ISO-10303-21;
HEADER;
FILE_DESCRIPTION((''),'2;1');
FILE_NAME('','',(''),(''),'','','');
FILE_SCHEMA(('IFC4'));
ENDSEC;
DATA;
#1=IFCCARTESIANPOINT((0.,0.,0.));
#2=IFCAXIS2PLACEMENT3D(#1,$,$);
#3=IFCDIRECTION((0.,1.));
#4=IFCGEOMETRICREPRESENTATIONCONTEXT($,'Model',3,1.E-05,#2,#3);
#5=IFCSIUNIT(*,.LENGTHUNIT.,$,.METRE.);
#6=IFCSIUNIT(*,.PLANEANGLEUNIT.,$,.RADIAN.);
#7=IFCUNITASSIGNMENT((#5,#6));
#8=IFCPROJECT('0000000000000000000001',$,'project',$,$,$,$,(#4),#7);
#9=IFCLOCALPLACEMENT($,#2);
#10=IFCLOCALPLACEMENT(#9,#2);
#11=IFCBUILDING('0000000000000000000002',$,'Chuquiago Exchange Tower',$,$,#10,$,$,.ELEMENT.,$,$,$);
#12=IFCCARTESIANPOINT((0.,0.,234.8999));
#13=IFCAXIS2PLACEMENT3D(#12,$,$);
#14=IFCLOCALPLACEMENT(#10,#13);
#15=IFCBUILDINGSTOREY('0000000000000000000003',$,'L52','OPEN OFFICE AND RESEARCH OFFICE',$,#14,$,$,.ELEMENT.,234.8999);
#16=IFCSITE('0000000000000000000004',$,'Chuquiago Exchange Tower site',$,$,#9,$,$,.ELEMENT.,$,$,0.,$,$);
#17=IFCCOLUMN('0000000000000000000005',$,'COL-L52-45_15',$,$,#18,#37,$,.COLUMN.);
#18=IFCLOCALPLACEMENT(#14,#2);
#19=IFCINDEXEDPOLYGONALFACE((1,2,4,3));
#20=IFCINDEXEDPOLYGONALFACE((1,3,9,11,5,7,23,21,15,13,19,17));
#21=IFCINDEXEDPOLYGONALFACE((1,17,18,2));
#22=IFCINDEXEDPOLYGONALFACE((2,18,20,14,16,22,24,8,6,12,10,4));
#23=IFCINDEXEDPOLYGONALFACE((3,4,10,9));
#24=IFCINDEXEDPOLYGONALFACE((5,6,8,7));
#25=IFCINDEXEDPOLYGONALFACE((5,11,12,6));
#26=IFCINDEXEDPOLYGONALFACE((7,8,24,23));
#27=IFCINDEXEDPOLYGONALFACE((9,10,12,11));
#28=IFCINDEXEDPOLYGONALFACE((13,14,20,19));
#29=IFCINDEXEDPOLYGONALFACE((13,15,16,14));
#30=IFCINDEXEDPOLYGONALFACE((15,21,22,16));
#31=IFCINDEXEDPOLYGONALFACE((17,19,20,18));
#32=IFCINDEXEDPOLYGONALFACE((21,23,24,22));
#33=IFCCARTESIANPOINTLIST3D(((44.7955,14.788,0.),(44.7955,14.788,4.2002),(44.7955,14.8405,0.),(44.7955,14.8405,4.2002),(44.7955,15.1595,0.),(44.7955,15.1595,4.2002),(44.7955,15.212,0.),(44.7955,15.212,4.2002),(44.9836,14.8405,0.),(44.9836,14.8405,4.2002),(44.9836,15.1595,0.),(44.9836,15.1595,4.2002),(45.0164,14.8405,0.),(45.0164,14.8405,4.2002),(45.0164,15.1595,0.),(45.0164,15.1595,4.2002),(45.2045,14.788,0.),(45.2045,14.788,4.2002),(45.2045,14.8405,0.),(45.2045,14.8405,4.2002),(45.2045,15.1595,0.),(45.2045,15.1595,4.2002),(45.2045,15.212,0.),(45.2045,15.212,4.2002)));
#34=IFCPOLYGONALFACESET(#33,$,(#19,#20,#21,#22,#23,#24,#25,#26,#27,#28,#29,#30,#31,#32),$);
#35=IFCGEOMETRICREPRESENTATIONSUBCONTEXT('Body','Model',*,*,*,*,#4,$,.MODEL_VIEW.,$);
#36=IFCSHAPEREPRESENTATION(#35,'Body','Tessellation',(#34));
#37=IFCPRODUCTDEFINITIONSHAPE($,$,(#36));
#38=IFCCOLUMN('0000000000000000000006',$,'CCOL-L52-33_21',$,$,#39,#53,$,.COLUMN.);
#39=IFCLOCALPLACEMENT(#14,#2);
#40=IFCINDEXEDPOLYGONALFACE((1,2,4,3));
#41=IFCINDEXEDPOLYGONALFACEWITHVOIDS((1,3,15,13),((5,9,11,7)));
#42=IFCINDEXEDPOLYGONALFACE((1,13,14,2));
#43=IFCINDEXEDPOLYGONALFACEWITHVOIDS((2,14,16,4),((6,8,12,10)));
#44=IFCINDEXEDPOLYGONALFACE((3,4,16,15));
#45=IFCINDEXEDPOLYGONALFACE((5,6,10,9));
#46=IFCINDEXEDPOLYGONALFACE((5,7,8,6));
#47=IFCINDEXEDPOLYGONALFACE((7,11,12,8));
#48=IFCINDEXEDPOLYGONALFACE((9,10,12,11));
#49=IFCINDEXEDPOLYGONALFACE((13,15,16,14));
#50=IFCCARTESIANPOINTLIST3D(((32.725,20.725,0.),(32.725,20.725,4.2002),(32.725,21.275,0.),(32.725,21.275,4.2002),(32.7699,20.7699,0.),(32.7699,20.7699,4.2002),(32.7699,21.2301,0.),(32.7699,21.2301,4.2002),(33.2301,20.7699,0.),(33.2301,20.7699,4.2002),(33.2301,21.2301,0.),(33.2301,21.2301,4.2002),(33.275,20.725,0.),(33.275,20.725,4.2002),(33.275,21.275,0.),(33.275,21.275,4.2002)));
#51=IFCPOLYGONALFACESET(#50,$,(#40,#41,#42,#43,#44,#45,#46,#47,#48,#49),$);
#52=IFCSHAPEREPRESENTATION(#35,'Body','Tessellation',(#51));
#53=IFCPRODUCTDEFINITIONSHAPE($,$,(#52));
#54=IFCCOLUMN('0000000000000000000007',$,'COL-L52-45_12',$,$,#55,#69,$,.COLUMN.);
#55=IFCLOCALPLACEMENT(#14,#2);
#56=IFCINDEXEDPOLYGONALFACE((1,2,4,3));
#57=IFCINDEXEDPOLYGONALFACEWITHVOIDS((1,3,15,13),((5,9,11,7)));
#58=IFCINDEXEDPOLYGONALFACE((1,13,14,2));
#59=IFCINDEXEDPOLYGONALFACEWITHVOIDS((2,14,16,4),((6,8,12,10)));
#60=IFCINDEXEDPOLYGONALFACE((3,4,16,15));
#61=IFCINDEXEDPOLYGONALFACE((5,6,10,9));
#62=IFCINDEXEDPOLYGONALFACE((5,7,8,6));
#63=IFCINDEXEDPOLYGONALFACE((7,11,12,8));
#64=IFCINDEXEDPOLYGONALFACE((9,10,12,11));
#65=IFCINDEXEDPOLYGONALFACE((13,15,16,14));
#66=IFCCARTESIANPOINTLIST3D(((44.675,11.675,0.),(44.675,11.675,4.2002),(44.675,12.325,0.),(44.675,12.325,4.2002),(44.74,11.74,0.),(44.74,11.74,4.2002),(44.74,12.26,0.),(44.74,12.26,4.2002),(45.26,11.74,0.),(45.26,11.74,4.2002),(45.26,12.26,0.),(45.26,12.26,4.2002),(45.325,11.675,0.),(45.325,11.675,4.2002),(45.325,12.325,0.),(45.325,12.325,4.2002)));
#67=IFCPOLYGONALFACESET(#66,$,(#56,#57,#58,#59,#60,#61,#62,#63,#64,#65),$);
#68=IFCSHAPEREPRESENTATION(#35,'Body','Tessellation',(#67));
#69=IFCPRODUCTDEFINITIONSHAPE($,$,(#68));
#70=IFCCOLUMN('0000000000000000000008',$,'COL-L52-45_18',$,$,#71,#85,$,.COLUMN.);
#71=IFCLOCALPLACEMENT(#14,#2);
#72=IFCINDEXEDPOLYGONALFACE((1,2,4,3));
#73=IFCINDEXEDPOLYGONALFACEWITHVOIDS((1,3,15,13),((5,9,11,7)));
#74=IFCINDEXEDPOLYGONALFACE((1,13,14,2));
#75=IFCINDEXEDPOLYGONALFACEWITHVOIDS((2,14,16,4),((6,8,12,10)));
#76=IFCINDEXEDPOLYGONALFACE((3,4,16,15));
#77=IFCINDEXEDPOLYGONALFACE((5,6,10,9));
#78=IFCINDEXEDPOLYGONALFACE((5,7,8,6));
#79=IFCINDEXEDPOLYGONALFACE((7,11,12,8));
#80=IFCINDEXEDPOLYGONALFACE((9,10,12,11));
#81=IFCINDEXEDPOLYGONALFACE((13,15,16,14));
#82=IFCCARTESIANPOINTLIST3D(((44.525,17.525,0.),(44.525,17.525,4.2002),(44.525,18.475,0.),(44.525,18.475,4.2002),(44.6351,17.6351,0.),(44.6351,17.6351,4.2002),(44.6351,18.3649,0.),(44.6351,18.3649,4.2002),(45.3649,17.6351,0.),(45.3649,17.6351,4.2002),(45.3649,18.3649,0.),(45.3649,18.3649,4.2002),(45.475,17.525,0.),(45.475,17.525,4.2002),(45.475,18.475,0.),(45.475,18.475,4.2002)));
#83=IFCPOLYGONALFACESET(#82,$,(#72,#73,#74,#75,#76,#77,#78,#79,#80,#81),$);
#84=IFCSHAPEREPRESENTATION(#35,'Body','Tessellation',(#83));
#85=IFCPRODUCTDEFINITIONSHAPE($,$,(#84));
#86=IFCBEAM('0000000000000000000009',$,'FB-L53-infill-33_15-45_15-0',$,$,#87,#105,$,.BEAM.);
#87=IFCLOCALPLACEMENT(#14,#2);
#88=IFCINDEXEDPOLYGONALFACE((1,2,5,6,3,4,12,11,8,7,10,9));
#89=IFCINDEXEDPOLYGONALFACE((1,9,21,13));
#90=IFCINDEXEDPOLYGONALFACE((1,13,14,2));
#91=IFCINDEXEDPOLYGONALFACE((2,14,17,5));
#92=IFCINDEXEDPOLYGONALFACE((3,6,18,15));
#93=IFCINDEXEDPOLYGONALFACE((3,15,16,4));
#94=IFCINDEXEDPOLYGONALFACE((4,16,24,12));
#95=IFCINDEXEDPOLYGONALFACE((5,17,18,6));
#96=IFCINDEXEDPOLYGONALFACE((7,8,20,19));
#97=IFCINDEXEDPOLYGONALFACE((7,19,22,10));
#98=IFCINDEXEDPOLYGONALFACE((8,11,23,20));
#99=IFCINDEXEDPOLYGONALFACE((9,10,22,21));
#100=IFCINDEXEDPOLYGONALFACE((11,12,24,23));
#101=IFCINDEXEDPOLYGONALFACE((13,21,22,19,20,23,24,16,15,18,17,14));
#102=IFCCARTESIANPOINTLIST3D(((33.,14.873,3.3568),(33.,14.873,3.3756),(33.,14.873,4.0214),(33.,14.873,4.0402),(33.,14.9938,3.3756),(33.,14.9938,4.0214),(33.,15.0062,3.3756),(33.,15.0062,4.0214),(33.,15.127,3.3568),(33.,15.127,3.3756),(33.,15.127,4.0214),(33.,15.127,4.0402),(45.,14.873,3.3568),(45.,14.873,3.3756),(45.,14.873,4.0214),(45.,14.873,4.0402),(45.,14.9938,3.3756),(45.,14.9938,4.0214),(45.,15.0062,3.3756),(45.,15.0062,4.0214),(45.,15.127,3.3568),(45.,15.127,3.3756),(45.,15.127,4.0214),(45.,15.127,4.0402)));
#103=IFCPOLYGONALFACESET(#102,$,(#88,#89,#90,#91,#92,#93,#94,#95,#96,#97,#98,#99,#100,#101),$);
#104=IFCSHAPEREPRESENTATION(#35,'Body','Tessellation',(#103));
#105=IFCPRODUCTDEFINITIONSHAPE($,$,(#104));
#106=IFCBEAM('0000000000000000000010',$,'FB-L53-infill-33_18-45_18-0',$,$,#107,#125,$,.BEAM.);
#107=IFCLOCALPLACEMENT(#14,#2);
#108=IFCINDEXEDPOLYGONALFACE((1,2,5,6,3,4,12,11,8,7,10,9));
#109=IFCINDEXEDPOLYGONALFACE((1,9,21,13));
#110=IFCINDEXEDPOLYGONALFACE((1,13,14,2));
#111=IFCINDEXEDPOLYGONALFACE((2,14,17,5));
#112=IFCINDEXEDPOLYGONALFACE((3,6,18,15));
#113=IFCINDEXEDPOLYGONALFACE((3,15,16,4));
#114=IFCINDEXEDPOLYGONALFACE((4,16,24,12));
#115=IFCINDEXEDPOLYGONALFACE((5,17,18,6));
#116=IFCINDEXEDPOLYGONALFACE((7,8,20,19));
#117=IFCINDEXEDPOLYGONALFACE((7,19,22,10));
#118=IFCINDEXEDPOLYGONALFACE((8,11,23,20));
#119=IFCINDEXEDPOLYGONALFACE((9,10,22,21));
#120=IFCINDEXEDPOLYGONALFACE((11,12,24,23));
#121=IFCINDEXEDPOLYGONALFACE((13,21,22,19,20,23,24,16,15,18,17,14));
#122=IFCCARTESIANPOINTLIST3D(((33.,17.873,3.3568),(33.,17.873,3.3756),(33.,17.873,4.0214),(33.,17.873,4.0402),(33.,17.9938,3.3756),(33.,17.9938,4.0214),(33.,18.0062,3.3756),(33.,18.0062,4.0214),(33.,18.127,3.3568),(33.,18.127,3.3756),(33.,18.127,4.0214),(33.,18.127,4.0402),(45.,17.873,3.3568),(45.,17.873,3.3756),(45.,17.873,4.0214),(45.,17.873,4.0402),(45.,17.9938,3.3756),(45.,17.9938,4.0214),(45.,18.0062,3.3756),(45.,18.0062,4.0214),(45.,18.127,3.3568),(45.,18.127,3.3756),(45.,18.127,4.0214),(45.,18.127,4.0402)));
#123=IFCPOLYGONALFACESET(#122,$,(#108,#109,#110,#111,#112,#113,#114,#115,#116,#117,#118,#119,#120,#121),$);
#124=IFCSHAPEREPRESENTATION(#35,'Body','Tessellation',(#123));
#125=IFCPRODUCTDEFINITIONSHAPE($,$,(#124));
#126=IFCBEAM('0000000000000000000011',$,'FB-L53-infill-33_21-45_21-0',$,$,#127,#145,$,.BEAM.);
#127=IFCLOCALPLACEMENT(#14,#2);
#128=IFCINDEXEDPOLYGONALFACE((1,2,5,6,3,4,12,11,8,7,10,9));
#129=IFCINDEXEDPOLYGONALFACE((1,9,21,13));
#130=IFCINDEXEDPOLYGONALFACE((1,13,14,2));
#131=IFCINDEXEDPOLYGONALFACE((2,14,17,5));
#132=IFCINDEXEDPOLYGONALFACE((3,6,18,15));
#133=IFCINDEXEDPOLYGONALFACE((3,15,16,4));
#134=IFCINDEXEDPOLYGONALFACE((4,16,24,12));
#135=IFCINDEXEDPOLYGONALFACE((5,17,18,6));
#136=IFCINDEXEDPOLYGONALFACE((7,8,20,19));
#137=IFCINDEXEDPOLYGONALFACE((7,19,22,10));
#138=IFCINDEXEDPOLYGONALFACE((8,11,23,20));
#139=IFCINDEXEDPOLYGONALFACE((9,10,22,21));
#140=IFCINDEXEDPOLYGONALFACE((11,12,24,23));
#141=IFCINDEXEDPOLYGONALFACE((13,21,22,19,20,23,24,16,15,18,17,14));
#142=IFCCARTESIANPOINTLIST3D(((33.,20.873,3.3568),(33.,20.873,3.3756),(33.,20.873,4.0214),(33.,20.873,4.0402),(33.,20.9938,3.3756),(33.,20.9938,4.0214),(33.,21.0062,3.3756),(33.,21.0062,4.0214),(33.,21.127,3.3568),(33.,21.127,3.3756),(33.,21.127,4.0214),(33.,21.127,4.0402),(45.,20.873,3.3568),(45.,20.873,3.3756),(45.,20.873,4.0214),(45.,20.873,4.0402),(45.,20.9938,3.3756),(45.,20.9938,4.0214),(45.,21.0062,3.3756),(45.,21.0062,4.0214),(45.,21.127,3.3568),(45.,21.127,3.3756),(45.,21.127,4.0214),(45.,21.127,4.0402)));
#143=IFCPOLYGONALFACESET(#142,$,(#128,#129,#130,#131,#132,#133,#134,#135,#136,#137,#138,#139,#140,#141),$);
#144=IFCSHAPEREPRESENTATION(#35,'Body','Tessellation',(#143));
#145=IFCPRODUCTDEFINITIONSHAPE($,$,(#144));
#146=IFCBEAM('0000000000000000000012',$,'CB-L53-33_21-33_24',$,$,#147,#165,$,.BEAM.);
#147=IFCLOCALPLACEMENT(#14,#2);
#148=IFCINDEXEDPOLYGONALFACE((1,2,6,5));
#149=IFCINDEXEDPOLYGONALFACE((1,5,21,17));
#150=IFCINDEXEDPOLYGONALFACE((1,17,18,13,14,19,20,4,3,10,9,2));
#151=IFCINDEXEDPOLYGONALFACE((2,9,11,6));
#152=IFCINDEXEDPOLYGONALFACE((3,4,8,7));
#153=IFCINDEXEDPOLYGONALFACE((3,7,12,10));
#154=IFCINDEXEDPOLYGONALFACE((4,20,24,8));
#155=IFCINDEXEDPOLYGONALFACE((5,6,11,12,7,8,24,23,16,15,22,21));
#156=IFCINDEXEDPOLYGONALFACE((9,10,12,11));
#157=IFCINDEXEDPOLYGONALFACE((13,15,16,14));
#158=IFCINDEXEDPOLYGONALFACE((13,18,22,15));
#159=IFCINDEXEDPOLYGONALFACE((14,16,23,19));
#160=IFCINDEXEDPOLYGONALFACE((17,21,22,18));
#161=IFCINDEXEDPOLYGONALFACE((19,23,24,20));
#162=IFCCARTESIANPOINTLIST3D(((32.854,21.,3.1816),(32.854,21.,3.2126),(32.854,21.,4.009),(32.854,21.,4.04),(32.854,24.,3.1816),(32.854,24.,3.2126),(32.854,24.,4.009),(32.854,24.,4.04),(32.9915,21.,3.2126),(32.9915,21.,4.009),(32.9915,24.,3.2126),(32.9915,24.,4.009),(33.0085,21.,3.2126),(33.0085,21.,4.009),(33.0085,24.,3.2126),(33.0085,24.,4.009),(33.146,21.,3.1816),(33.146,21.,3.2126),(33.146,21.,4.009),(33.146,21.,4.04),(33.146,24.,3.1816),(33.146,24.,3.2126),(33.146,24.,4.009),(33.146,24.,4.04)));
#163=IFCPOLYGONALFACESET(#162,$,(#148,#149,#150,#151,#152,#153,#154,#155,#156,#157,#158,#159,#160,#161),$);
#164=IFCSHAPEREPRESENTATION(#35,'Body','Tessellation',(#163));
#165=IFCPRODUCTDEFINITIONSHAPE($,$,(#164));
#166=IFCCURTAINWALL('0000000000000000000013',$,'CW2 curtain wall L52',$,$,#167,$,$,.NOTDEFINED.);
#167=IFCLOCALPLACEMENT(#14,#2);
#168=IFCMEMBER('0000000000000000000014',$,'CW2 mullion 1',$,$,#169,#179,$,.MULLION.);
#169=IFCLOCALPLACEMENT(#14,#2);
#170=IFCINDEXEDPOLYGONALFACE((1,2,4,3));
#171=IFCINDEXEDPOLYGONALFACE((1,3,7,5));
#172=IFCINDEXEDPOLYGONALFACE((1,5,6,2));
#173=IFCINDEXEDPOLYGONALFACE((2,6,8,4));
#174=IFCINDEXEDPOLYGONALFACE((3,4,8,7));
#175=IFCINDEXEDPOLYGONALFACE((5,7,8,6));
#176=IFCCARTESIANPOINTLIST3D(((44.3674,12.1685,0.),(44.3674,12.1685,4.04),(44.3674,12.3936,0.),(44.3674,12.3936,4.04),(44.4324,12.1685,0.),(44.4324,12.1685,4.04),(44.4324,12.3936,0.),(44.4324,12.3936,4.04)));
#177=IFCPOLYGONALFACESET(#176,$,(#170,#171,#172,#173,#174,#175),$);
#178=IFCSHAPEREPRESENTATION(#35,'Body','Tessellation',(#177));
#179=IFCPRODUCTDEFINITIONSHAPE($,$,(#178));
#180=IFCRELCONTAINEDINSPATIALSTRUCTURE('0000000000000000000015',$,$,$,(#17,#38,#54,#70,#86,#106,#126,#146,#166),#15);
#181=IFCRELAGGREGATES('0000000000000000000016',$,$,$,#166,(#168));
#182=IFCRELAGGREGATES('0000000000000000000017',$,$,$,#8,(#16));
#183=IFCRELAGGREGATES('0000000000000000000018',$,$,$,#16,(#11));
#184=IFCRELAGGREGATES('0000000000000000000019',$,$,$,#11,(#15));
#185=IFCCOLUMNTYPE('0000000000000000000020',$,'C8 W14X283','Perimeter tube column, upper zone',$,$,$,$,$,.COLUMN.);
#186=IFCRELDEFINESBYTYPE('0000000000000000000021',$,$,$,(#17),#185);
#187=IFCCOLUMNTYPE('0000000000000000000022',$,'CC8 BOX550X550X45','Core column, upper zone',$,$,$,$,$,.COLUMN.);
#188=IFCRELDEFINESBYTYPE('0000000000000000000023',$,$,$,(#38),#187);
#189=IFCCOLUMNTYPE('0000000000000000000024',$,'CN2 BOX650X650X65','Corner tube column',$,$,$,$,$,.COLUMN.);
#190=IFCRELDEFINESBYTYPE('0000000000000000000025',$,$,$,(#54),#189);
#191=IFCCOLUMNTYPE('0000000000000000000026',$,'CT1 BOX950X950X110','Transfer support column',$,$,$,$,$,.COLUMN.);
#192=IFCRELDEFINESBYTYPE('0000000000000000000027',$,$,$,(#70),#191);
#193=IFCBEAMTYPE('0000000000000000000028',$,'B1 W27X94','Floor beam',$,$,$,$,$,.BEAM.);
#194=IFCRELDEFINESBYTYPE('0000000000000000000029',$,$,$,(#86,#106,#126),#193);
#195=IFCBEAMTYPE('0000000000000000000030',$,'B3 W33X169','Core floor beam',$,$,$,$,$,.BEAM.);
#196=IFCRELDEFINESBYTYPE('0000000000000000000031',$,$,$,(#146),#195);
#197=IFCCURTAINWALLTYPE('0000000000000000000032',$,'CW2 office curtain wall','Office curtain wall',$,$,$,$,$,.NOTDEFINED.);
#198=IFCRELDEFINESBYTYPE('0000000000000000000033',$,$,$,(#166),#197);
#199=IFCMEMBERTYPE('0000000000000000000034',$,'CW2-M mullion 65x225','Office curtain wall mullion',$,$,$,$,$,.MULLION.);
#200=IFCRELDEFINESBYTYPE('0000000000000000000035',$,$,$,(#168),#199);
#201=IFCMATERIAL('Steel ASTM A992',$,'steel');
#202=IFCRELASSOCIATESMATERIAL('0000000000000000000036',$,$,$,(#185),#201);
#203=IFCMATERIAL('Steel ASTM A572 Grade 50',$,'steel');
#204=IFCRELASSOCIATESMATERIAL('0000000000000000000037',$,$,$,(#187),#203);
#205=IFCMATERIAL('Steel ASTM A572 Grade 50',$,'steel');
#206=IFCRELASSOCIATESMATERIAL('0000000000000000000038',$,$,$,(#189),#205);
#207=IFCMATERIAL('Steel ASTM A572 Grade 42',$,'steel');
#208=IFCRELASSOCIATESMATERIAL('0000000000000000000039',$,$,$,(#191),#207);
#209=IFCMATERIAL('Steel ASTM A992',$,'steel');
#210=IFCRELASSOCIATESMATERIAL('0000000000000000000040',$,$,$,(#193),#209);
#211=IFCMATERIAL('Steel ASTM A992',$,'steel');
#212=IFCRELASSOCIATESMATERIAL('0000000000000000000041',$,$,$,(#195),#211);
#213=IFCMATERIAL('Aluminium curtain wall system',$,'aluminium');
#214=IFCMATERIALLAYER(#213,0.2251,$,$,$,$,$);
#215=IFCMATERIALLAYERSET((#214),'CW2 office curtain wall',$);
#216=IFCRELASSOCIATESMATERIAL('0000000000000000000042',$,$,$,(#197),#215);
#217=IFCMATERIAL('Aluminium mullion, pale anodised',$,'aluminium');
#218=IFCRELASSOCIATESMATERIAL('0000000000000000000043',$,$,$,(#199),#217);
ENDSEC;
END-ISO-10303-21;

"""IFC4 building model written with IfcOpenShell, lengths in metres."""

from ifc_helpers import new_model, si_unit, direction, frame, origin, origin_2d, place, context, subcontext, project, spatial, rectangle, hollow_rectangle, i_section, extrude, material, layer, layer_set, material_profile, profile_set, type_object, element, aggregate, save


model = new_model("IFC4")

# Units and contexts
model_context = context("Model", 3, precision=1e-05, world=origin(), true_north=direction((0.0, 1.0)))
body_context = subcontext(model_context, "Body", "Model", "MODEL_VIEW")
ifc_project = project(units=[si_unit("LENGTHUNIT", "METRE"), si_unit("PLANEANGLEUNIT", "RADIAN")], contexts=[model_context])

# Site, building, storey
site_placement = place(None, origin())
site = spatial("IfcSite", under=ifc_project, at=site_placement, Name="Chuquiago Exchange Tower site", CompositionType="ELEMENT", RefElevation=0.0)
building_placement = place(site_placement, origin())
building = spatial("IfcBuilding", under=site, at=building_placement, Name="Chuquiago Exchange Tower", CompositionType="ELEMENT")
storey_placement = place(building_placement, frame((0.0, 0.0, 234.8999)))
storey = spatial("IfcBuildingStorey", under=building, at=storey_placement, Name="L52", Description="OPEN OFFICE AND RESEARCH OFFICE", CompositionType="ELEMENT", Elevation=234.8999)

# Columns
ifc_material_1 = material(Name="Steel ASTM A992", Category="steel")
ifc_material_profile_1 = material_profile(ifc_material_1, i_section(OverallWidth=0.4089, OverallDepth=0.4241, WebThickness=0.0327, FlangeThickness=0.0525, at=origin_2d()), Name="W14X283")
ifc_profile_set_1 = profile_set([ifc_material_profile_1], Name="Steel ASTM A992")
column_type_1 = type_object("IfcColumnType", Name="C8 W14X283", Description="Perimeter tube column, upper zone", PredefinedType="COLUMN", material=ifc_profile_set_1)
column_1_placement = place(storey_placement, frame((45.0, 15.0, 0.0), z_axis=(0.0, 0.0, 1.0), x_axis=(1.0, 0.0, 0.0)))
element("IfcColumn", 1, at=column_1_placement, inside=storey, type_object=column_type_1, Name="COL-L52-45_15", PredefinedType="COLUMN", context=body_context, shape_type="SweptSolid", body=[
    extrude(i_section(OverallWidth=0.4089, OverallDepth=0.4241, WebThickness=0.0327, FlangeThickness=0.0525, at=origin_2d()), origin(), (0.0, 0.0, 1.0), 4.2002),
])
ifc_material_2 = material(Name="Steel ASTM A572 Grade 50", Category="steel")
ifc_material_profile_2 = material_profile(ifc_material_2, hollow_rectangle(XDim=0.55, YDim=0.55, WallThickness=0.0449, at=origin_2d()), Name="BOX550X550X45")
ifc_profile_set_2 = profile_set([ifc_material_profile_2], Name="Steel ASTM A572 Grade 50")
column_type_2 = type_object("IfcColumnType", Name="CC8 BOX550X550X45", Description="Core column, upper zone", PredefinedType="COLUMN", material=ifc_profile_set_2)
column_2_placement = place(storey_placement, frame((33.0, 21.0, 0.0), z_axis=(0.0, 0.0, 1.0), x_axis=(1.0, 0.0, 0.0)))
element("IfcColumn", 2, at=column_2_placement, inside=storey, type_object=column_type_2, Name="CCOL-L52-33_21", PredefinedType="COLUMN", context=body_context, shape_type="SweptSolid", body=[
    extrude(hollow_rectangle(XDim=0.55, YDim=0.55, WallThickness=0.0449, at=origin_2d()), origin(), (0.0, 0.0, 1.0), 4.2002),
])
ifc_material_3 = material(Name="Steel ASTM A572 Grade 50", Category="steel")
ifc_material_profile_3 = material_profile(ifc_material_3, hollow_rectangle(XDim=0.6499, YDim=0.6499, WallThickness=0.0649, at=origin_2d()), Name="BOX650X650X65")
ifc_profile_set_3 = profile_set([ifc_material_profile_3], Name="Steel ASTM A572 Grade 50")
column_type_3 = type_object("IfcColumnType", Name="CN2 BOX650X650X65", Description="Corner tube column", PredefinedType="COLUMN", material=ifc_profile_set_3)
column_3_placement = place(storey_placement, frame((45.0, 12.0, 0.0), z_axis=(0.0, 0.0, 1.0), x_axis=(1.0, 0.0, 0.0)))
element("IfcColumn", 3, at=column_3_placement, inside=storey, type_object=column_type_3, Name="COL-L52-45_12", PredefinedType="COLUMN", context=body_context, shape_type="SweptSolid", body=[
    extrude(hollow_rectangle(XDim=0.6499, YDim=0.6499, WallThickness=0.0649, at=origin_2d()), origin(), (0.0, 0.0, 1.0), 4.2002),
])
ifc_material_4 = material(Name="Steel ASTM A572 Grade 42", Category="steel")
ifc_material_profile_4 = material_profile(ifc_material_4, hollow_rectangle(XDim=0.95, YDim=0.95, WallThickness=0.1101, at=origin_2d()), Name="BOX950X950X110")
ifc_profile_set_4 = profile_set([ifc_material_profile_4], Name="Steel ASTM A572 Grade 42")
column_type_4 = type_object("IfcColumnType", Name="CT1 BOX950X950X110", Description="Transfer support column", PredefinedType="COLUMN", material=ifc_profile_set_4)
column_4_placement = place(storey_placement, frame((45.0, 18.0, 0.0), z_axis=(0.0, 0.0, 1.0), x_axis=(1.0, 0.0, 0.0)))
element("IfcColumn", 4, at=column_4_placement, inside=storey, type_object=column_type_4, Name="COL-L52-45_18", PredefinedType="COLUMN", context=body_context, shape_type="SweptSolid", body=[
    extrude(hollow_rectangle(XDim=0.95, YDim=0.95, WallThickness=0.1101, at=origin_2d()), origin(), (0.0, 0.0, 1.0), 4.2002),
])

# Beams
ifc_material_5 = material(Name="Steel ASTM A992", Category="steel")
ifc_material_profile_5 = material_profile(ifc_material_5, i_section(OverallWidth=0.2539, OverallDepth=0.6833, WebThickness=0.0125, FlangeThickness=0.0188, at=origin_2d()), Name="W27X94")
ifc_profile_set_5 = profile_set([ifc_material_profile_5], Name="Steel ASTM A992")
beam_type_1 = type_object("IfcBeamType", Name="B1 W27X94", Description="Floor beam", PredefinedType="BEAM", material=ifc_profile_set_5)
for number, where, z_axis, x_axis, name in (
    (5, (33.0, 15.0, 3.6985), (1.0, 0.0, 0.0), (0.0, 1.0, 0.0), "FB-L53-infill-33_15-45_15-0"),
    (6, (33.0, 18.0, 3.6985), (1.0, 0.0, 0.0), (0.0, 1.0, 0.0), "FB-L53-infill-33_18-45_18-0"),
    (7, (33.0, 21.0, 3.6985), (1.0, 0.0, 0.0), (0.0, 1.0, 0.0), "FB-L53-infill-33_21-45_21-0"),
):
    element("IfcBeam", number, at=place(storey_placement, frame(where, z_axis=z_axis, x_axis=x_axis)), inside=storey, type_object=beam_type_1, Name=name, PredefinedType="BEAM", context=body_context, shape_type="SweptSolid", body=[
        extrude(i_section(OverallWidth=0.2539, OverallDepth=0.6833, WebThickness=0.0125, FlangeThickness=0.0188, at=origin_2d()), origin(), (0.0, 0.0, 1.0), 12.0),
    ])
ifc_material_6 = material(Name="Steel ASTM A992", Category="steel")
ifc_material_profile_6 = material_profile(ifc_material_6, i_section(OverallWidth=0.292, OverallDepth=0.8584, WebThickness=0.0171, FlangeThickness=0.031, at=origin_2d()), Name="W33X169")
ifc_profile_set_6 = profile_set([ifc_material_profile_6], Name="Steel ASTM A992")
beam_type_2 = type_object("IfcBeamType", Name="B3 W33X169", Description="Core floor beam", PredefinedType="BEAM", material=ifc_profile_set_6)
beam_placement = place(storey_placement, frame((33.0, 21.0, 3.6108), z_axis=(0.0, 1.0, 0.0), x_axis=(-1.0, 0.0, 0.0)))
element("IfcBeam", 8, at=beam_placement, inside=storey, type_object=beam_type_2, Name="CB-L53-33_21-33_24", PredefinedType="BEAM", context=body_context, shape_type="SweptSolid", body=[
    extrude(i_section(OverallWidth=0.292, OverallDepth=0.8584, WebThickness=0.0171, FlangeThickness=0.031, at=origin_2d()), origin(), (0.0, 0.0, 1.0), 3.0),
])

# Curtain wall, member
ifc_material_7 = material(Name="Aluminium curtain wall system", Category="aluminium")
ifc_layer_1 = layer(ifc_material_7, 0.2251)
ifc_layer_set_1 = layer_set([ifc_layer_1], Name="CW2 office curtain wall")
curtain_wall_type_1 = type_object("IfcCurtainWallType", Name="CW2 office curtain wall", Description="Office curtain wall", PredefinedType="NOTDEFINED", material=ifc_layer_set_1)
curtain_wall_1_placement = place(storey_placement, origin())
curtain_wall_1 = element("IfcCurtainWall", 9, at=curtain_wall_1_placement, inside=storey, type_object=curtain_wall_type_1, Name="CW2 curtain wall L52", PredefinedType="NOTDEFINED")
ifc_material_8 = material(Name="Aluminium mullion, pale anodised", Category="aluminium")
ifc_material_profile_7 = material_profile(ifc_material_8, rectangle(XDim=0.0649, YDim=0.2251, at=origin_2d()), Name="AL 65x225")
ifc_profile_set_7 = profile_set([ifc_material_profile_7], Name="Aluminium mullion, pale anodised")
member_type_1 = type_object("IfcMemberType", Name="CW2-M mullion 65x225", Description="Office curtain wall mullion", PredefinedType="MULLION", material=ifc_profile_set_7)
member_1_placement = place(storey_placement, frame((44.3999, 12.281, 0.0), z_axis=(0.0, 0.0, 1.0), x_axis=(-1.0, 0.0, 0.0)))
member_1 = element("IfcMember", 10, at=member_1_placement, type_object=member_type_1, Name="CW2 mullion 1", PredefinedType="MULLION", context=body_context, shape_type="SweptSolid", body=[
    extrude(rectangle(XDim=0.0649, YDim=0.2251, at=origin_2d()), origin(), (0.0, 0.0, 1.0), 4.04),
])

aggregate(curtain_wall_1, [member_1])

save(model, "model.ifc")
